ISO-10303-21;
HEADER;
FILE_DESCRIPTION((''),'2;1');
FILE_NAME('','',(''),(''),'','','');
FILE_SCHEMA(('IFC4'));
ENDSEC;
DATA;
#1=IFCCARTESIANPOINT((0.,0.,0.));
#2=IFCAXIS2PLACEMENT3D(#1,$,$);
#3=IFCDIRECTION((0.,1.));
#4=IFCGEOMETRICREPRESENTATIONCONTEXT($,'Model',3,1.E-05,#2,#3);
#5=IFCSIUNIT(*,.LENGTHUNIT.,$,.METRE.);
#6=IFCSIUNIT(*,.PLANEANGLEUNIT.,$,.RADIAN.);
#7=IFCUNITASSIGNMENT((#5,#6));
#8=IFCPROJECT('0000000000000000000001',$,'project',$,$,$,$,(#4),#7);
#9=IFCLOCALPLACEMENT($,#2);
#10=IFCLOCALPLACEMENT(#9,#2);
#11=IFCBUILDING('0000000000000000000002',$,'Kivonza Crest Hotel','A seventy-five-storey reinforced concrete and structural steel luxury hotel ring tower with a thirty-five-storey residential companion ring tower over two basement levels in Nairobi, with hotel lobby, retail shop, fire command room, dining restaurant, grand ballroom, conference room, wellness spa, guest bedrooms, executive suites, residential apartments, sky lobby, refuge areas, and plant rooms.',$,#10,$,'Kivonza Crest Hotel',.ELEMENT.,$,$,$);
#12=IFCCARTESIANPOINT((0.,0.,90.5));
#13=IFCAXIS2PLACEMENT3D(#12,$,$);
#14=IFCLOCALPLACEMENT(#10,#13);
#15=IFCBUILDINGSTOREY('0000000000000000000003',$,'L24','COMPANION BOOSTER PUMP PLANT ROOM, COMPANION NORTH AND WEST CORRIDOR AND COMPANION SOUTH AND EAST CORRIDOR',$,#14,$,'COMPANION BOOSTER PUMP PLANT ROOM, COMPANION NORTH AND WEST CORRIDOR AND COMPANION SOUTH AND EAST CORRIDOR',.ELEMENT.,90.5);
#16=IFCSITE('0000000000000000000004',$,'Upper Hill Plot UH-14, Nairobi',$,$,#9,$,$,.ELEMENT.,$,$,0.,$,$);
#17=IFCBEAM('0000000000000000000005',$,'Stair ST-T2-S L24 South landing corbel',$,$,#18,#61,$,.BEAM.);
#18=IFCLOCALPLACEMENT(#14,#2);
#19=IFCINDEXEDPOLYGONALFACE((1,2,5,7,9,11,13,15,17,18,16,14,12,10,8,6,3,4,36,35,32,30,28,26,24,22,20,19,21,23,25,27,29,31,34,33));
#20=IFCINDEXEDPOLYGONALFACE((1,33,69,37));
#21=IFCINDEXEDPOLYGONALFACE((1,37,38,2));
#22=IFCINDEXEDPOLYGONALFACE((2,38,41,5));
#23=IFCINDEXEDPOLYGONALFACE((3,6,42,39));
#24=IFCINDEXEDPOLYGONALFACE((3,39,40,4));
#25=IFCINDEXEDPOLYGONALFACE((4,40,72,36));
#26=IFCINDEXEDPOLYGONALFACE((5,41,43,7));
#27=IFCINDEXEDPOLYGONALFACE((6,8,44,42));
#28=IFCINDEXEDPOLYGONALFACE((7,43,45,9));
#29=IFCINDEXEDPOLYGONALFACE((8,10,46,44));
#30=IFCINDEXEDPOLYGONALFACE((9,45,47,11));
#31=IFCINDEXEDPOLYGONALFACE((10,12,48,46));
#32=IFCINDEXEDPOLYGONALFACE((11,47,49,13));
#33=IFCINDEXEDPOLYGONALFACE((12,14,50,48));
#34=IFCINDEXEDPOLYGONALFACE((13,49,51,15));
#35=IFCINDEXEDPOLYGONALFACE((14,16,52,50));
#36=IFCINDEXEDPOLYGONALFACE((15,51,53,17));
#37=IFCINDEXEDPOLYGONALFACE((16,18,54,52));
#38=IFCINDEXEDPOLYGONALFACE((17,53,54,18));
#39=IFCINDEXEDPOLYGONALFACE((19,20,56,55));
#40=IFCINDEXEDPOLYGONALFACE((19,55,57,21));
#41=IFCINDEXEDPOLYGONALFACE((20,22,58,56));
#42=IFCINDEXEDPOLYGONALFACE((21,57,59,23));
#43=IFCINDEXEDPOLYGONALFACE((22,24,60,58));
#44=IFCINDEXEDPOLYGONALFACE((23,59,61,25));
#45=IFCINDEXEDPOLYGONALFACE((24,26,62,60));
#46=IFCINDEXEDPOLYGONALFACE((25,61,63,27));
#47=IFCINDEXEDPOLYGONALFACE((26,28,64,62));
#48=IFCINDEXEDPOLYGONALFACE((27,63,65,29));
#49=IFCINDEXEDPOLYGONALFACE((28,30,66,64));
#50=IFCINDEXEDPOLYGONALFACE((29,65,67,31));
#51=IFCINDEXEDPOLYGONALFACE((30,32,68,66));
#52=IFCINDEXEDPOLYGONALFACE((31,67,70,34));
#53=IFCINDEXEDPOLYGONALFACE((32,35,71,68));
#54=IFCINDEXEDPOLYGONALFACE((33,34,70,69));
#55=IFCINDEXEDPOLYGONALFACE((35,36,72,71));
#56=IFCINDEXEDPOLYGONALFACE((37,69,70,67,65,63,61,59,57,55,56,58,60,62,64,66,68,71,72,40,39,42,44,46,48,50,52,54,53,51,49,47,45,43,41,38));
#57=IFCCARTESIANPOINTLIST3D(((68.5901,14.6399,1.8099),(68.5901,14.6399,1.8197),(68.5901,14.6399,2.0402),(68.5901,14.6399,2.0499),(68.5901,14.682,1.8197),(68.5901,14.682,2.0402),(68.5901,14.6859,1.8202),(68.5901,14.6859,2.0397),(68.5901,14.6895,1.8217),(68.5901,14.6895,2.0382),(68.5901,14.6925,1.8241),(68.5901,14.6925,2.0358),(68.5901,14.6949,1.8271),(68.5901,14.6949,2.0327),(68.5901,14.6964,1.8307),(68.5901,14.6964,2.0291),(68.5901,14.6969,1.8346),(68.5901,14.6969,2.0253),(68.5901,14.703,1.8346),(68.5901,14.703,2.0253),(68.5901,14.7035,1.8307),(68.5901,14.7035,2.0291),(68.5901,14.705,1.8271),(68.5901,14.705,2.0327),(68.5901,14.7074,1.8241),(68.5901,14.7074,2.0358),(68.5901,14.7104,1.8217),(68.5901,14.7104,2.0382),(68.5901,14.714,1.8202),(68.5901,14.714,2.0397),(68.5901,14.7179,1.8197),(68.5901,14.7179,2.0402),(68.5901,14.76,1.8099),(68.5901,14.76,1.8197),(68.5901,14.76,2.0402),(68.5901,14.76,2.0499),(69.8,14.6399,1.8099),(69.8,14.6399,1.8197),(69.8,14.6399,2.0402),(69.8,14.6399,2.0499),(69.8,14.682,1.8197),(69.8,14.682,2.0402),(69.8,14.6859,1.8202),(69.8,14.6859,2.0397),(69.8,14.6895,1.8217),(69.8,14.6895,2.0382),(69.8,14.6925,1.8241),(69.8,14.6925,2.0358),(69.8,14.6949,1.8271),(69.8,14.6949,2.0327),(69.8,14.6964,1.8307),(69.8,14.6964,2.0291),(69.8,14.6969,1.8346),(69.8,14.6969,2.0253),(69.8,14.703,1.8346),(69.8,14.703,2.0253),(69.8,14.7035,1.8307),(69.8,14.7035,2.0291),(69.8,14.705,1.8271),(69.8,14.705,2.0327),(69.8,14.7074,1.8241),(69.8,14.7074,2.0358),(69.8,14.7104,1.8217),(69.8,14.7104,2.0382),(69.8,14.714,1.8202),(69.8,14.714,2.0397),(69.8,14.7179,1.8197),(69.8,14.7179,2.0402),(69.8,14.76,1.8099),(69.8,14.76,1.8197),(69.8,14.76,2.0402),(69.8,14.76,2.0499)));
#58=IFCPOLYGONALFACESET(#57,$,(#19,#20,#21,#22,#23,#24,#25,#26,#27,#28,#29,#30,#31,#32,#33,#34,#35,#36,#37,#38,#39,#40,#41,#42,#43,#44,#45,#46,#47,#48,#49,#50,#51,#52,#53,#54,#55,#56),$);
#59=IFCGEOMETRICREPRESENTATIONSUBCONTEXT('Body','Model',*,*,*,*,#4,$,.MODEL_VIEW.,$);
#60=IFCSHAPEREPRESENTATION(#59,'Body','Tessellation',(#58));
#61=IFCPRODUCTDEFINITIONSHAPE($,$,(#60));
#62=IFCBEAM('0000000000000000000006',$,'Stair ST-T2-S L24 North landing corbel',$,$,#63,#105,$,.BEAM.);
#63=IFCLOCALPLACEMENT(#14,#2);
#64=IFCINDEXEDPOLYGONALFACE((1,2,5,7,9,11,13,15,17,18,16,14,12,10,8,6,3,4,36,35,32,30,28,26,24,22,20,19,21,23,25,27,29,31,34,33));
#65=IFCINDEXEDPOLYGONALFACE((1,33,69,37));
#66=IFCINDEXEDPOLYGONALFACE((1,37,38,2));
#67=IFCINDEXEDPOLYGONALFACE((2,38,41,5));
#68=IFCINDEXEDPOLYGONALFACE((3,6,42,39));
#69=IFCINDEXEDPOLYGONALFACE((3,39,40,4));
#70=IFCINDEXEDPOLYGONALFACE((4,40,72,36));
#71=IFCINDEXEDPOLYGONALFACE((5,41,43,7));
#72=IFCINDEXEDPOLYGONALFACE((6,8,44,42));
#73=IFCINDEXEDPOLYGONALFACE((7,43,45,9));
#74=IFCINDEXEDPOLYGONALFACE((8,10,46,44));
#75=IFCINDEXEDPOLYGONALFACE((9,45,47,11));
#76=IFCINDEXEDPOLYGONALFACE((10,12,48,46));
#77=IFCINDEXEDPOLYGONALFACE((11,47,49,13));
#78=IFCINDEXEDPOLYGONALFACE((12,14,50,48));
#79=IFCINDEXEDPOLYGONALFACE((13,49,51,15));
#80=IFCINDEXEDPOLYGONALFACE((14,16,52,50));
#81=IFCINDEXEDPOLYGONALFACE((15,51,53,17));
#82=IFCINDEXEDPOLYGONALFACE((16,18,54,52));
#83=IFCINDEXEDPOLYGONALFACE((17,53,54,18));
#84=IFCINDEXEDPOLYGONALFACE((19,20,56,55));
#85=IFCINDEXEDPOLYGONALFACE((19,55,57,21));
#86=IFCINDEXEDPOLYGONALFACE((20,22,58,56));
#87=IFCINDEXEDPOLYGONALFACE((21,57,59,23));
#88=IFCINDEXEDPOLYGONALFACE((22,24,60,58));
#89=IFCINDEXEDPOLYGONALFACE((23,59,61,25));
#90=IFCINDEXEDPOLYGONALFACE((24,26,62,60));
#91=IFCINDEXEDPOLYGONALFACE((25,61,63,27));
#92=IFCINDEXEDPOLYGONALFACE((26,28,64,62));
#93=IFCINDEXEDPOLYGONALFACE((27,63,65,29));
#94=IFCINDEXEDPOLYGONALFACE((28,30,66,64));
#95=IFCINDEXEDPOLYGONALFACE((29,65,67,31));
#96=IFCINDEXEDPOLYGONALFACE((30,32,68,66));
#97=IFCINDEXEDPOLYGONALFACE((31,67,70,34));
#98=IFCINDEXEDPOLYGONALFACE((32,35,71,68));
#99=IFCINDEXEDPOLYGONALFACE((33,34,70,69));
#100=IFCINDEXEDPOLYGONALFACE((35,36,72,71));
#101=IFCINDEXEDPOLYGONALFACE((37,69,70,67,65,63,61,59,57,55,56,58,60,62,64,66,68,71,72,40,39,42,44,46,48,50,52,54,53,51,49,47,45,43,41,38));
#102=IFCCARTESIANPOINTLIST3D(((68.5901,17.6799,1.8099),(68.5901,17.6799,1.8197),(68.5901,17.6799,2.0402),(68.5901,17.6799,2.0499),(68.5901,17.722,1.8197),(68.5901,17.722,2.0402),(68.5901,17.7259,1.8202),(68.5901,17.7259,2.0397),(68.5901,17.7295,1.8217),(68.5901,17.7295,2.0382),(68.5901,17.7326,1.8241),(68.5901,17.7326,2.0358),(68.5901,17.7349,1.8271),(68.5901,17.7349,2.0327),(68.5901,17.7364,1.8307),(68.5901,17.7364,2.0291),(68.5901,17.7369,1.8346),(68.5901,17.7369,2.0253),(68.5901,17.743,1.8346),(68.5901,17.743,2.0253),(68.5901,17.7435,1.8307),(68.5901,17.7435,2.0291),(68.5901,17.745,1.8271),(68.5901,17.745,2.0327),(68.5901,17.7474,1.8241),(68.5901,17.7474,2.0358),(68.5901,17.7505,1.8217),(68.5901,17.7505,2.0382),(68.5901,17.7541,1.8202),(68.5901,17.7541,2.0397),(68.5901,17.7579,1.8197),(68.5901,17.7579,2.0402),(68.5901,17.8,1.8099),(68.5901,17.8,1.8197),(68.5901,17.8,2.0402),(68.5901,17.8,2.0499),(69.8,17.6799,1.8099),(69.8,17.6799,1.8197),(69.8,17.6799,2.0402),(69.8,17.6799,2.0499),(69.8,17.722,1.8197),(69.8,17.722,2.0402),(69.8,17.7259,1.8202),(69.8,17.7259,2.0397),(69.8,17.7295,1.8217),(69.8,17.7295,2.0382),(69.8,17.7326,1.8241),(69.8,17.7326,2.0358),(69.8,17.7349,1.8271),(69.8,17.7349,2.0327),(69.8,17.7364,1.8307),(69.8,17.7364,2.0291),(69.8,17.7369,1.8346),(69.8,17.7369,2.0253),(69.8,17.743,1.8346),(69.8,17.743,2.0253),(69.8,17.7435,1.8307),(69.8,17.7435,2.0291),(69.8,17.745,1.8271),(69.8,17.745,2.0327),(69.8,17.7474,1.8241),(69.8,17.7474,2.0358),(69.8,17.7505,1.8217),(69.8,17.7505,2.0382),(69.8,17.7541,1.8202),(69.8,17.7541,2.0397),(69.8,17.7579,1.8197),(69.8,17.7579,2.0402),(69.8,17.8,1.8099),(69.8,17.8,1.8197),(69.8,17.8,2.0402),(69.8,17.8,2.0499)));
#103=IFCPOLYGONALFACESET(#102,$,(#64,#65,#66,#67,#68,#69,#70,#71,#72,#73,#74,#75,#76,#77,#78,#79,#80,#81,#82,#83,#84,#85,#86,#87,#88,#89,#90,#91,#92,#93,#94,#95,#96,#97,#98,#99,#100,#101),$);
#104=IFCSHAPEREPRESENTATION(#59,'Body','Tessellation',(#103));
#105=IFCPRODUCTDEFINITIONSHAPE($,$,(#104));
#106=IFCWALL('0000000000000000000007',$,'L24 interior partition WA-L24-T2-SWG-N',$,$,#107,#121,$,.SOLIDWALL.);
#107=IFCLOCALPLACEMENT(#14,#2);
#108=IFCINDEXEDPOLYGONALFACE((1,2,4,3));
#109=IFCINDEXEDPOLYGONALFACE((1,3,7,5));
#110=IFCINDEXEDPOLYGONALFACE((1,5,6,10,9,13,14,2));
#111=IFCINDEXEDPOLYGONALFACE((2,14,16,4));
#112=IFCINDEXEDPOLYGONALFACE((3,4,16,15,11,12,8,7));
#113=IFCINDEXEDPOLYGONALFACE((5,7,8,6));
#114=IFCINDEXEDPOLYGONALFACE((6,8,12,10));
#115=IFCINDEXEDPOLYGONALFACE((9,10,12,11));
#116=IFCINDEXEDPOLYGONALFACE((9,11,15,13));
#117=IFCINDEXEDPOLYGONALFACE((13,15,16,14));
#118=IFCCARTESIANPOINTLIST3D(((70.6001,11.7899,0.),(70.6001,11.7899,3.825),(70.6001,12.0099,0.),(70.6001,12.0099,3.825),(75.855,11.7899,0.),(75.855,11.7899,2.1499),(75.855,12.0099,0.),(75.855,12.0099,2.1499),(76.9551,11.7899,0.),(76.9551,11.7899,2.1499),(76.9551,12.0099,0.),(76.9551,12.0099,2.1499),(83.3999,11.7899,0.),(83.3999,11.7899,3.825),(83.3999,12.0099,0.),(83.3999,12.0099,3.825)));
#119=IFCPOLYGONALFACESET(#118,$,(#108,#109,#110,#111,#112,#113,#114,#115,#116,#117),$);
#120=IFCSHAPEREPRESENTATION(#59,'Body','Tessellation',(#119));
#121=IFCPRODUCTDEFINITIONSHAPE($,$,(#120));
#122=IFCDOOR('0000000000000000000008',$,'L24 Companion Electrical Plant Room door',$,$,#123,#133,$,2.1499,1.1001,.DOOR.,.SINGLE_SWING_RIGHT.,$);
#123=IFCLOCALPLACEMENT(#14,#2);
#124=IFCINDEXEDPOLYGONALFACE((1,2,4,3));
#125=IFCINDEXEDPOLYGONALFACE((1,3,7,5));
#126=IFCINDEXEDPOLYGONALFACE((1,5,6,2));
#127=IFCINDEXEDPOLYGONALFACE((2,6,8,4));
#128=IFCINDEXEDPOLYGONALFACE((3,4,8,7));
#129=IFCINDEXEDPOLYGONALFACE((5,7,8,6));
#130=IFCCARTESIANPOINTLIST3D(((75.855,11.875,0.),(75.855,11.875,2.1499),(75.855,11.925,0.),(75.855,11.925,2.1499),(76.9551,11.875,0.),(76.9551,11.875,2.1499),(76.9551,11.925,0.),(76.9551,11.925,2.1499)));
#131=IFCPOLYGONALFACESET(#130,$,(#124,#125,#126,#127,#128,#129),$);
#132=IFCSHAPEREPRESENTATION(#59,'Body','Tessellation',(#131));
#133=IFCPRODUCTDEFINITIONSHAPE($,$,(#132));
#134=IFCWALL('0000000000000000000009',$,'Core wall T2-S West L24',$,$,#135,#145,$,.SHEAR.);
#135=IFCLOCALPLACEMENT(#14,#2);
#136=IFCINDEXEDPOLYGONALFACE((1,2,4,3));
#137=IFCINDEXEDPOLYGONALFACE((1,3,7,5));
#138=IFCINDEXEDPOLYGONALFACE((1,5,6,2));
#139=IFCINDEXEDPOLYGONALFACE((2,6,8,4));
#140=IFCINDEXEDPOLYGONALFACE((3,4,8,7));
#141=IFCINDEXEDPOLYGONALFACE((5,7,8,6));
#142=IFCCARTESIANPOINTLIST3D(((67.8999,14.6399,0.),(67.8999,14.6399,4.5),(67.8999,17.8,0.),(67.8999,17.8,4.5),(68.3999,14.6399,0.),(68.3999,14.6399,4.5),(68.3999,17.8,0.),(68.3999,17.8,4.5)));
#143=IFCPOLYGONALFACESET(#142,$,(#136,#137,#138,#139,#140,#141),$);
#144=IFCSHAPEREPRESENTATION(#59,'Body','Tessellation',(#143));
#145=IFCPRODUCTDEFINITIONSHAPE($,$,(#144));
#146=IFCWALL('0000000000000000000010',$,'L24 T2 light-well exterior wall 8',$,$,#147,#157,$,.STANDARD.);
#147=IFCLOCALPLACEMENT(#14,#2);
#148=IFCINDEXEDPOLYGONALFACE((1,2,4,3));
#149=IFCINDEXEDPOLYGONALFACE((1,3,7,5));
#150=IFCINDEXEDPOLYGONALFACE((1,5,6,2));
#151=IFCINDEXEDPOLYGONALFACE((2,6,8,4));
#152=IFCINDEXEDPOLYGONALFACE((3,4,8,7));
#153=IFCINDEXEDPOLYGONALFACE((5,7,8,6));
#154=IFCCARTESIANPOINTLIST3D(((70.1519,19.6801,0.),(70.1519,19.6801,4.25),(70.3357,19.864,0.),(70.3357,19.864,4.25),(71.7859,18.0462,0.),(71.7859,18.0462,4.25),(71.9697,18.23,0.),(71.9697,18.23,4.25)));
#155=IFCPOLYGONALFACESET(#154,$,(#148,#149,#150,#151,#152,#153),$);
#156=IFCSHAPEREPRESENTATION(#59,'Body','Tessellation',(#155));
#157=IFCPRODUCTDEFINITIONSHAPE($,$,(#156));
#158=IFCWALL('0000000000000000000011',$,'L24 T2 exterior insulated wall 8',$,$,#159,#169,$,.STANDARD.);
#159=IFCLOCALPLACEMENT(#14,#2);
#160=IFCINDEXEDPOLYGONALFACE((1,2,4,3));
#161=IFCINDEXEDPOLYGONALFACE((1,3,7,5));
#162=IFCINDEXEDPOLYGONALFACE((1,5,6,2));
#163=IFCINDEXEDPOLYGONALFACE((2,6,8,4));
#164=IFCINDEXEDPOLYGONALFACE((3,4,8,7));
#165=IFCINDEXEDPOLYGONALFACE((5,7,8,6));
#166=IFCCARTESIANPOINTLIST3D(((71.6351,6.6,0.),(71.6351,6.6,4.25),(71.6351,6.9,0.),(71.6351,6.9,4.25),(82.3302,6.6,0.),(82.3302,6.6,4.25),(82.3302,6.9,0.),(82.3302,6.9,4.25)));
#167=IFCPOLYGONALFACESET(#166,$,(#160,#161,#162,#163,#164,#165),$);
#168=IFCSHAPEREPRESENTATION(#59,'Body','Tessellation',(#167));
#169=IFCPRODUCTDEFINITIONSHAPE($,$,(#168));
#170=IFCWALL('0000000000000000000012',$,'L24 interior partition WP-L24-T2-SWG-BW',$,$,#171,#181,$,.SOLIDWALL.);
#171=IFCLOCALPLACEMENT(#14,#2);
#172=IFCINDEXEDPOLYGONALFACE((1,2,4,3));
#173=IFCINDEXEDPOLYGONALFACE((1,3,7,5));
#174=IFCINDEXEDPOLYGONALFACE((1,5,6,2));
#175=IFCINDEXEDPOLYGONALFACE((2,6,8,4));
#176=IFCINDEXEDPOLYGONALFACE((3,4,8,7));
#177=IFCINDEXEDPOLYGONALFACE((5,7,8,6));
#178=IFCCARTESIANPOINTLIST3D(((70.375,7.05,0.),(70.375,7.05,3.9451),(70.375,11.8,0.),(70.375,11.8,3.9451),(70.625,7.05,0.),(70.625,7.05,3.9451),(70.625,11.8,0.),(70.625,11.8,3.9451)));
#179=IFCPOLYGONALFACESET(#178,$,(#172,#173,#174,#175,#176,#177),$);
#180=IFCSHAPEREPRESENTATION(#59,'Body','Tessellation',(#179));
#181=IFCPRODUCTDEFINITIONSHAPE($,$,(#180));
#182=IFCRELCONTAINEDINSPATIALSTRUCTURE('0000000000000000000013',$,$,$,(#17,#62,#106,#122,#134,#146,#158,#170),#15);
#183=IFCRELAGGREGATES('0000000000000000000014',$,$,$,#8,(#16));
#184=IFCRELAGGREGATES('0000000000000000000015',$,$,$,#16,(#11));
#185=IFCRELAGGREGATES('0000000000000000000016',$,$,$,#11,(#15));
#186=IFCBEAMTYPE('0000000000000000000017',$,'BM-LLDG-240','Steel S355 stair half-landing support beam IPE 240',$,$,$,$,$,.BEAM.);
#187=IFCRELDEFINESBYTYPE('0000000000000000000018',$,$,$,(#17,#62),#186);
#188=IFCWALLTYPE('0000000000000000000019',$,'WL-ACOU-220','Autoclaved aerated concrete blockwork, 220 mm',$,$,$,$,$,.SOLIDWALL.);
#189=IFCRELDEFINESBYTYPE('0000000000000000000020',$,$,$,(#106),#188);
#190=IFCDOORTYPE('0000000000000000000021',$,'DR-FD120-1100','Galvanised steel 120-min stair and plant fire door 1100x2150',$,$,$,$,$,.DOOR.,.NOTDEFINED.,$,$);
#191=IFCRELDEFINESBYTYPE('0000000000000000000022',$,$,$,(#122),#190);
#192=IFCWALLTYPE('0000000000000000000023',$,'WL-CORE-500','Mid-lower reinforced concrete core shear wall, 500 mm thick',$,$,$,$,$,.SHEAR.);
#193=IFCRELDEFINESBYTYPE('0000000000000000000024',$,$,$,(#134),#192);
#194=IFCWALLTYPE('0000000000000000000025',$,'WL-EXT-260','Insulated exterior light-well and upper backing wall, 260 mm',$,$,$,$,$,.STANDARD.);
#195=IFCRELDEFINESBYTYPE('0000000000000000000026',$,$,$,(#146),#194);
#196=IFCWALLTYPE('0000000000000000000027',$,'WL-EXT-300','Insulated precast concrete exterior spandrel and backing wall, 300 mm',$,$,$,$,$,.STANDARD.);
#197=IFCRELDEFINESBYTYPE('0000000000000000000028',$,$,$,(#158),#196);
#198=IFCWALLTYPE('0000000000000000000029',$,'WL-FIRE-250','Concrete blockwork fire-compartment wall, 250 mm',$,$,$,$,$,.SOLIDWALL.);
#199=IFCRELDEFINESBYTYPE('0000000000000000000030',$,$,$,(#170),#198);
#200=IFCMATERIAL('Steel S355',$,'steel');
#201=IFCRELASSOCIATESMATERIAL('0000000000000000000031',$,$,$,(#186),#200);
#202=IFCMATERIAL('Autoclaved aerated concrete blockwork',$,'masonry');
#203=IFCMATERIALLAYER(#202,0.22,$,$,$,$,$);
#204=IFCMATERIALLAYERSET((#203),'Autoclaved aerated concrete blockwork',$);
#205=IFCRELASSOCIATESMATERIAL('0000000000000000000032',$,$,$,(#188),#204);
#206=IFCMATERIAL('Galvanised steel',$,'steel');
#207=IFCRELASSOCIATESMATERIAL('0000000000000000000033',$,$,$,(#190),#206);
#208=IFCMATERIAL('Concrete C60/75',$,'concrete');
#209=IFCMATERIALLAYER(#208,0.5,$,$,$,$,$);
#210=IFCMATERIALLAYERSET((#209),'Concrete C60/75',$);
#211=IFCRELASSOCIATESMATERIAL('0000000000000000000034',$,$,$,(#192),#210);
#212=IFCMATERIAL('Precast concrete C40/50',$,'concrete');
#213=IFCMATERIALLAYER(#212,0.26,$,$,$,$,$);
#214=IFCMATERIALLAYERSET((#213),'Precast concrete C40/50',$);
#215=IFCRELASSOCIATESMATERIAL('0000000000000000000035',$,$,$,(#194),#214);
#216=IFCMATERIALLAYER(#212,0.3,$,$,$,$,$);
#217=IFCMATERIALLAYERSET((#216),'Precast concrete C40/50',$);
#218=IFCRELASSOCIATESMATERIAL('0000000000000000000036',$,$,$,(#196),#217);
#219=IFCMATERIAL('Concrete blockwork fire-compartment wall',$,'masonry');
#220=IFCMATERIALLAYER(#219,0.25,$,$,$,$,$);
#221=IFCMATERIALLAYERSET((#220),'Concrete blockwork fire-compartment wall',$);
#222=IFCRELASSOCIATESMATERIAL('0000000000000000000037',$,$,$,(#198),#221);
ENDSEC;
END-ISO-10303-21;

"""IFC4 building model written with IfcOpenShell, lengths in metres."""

from ifc_helpers import new_model, si_unit, direction, frame, frame_2d, origin, origin_2d, place, context, subcontext, project, spatial, rectangle, i_section, extrude, material, layer, layer_set, material_profile, profile_set, type_object, element, fill, save


model = new_model("IFC4")

# Units and contexts
model_context = context("Model", 3, precision=1e-05, world=origin(), true_north=direction((0.0, 1.0)))
body_context = subcontext(model_context, "Body", "Model", "MODEL_VIEW")
ifc_project = project(units=[si_unit("LENGTHUNIT", "METRE"), si_unit("PLANEANGLEUNIT", "RADIAN")], contexts=[model_context])

# Site, building, storey
site_placement = place(None, origin())
site = spatial("IfcSite", under=ifc_project, at=site_placement, Name="Upper Hill Plot UH-14, Nairobi", CompositionType="ELEMENT", RefElevation=0.0)
building_placement = place(site_placement, origin())
building = spatial("IfcBuilding", under=site, at=building_placement, Name="Kivonza Crest Hotel", Description="A seventy-five-storey reinforced concrete and structural steel luxury hotel ring tower with a thirty-five-storey residential companion ring tower over two basement levels in Nairobi, with hotel lobby, retail shop, fire command room, dining restaurant, grand ballroom, conference room, wellness spa, guest bedrooms, executive suites, residential apartments, sky lobby, refuge areas, and plant rooms.", LongName="Kivonza Crest Hotel", CompositionType="ELEMENT")
storey_placement = place(building_placement, frame((0.0, 0.0, 90.5)))
storey = spatial("IfcBuildingStorey", under=building, at=storey_placement, Name="L24", Description="COMPANION BOOSTER PUMP PLANT ROOM, COMPANION NORTH AND WEST CORRIDOR AND COMPANION SOUTH AND EAST CORRIDOR", LongName="COMPANION BOOSTER PUMP PLANT ROOM, COMPANION NORTH AND WEST CORRIDOR AND COMPANION SOUTH AND EAST CORRIDOR", CompositionType="ELEMENT", Elevation=90.5)

# Beams
ifc_material_1 = material(Name="Steel S355", Category="steel")
ifc_material_profile_1 = material_profile(ifc_material_1, i_section(OverallWidth=0.1201, OverallDepth=0.24, WebThickness=0.0061, FlangeThickness=0.0098, FilletRadius=0.0149, at=origin_2d()), Name="IPE 240")
ifc_profile_set_1 = profile_set([ifc_material_profile_1], Name="Steel S355")
beam_type_1 = type_object("IfcBeamType", Name="BM-LLDG-240", Description="Steel S355 stair half-landing support beam IPE 240", PredefinedType="BEAM", material=ifc_profile_set_1)
for number, where, z_axis, x_axis, name in (
    (1, (68.5901, 14.7, 1.9299), (1.0, 0.0, 0.0), (0.0, 1.0, 0.0), "Stair ST-T2-S L24 South landing corbel"),
    (2, (68.5901, 17.74, 1.9299), (1.0, 0.0, 0.0), (0.0, 1.0, 0.0), "Stair ST-T2-S L24 North landing corbel"),
):
    element("IfcBeam", number, at=place(storey_placement, frame(where, z_axis=z_axis, x_axis=x_axis)), inside=storey, type_object=beam_type_1, Name=name, PredefinedType="BEAM", context=body_context, shape_type="SweptSolid", body=[
        extrude(i_section(OverallWidth=0.1201, OverallDepth=0.24, WebThickness=0.0061, FlangeThickness=0.0098, FilletRadius=0.0149, at=origin_2d()), origin(), (0.0, 0.0, 1.0), 1.21),
    ])

# Wall, opening, door
ifc_material_2 = material(Name="Autoclaved aerated concrete blockwork", Category="masonry")
ifc_layer_1 = layer(ifc_material_2, 0.22)
ifc_layer_set_1 = layer_set([ifc_layer_1], Name="Autoclaved aerated concrete blockwork")
wall_type_1 = type_object("IfcWallType", Name="WL-ACOU-220", Description="Autoclaved aerated concrete blockwork, 220 mm", PredefinedType="SOLIDWALL", material=ifc_layer_set_1)
wall_1_placement = place(storey_placement, frame((70.6001, 11.8999, 0.0), z_axis=(0.0, 0.0, 1.0), x_axis=(1.0, 0.0, 0.0)))
wall_1 = element("IfcWall", 3, at=wall_1_placement, inside=storey, type_object=wall_type_1, Name="L24 interior partition WA-L24-T2-SWG-N", PredefinedType="SOLIDWALL", context=body_context, shape_type="SweptSolid", body=[
    extrude(rectangle(XDim=12.7998, YDim=0.22, at=frame_2d((6.3999, 0.0))), origin(), (0.0, 0.0, 1.0), 3.825),
])
opening_1_placement = place(wall_1_placement, frame((5.2549, 0.0, 0.0)))
opening_1 = element("IfcOpeningElement", 4, at=opening_1_placement, cuts=wall_1, PredefinedType="OPENING", context=body_context, shape_type="SweptSolid", body=[
    extrude(rectangle(XDim=1.1001, YDim=2.1499, at=frame_2d((0.55, 1.075))), frame((0.0, 0.1201, 0.0), z_axis=(0.0, -1.0, 0.0), x_axis=(1.0, 0.0, 0.0)), (0.0, 0.0, 1.0), 0.24),
])
ifc_material_3 = material(Name="Galvanised steel", Category="steel")
door_type = type_object("IfcDoorType", Name="DR-FD120-1100", Description="Galvanised steel 120-min stair and plant fire door 1100x2150", OperationType="NOTDEFINED", PredefinedType="DOOR", material=ifc_material_3)
door_1_placement = place(opening_1_placement, frame((1.1001, 0.0, 0.0), z_axis=(0.0, 0.0, 1.0), x_axis=(-1.0, 0.0, 0.0)))
door_1 = element("IfcDoor", 5, at=door_1_placement, inside=storey, type_object=door_type, Name="L24 Companion Electrical Plant Room door", OperationType="SINGLE_SWING_RIGHT", OverallHeight=2.1499, OverallWidth=1.1001, PredefinedType="DOOR", context=body_context, shape_type="SweptSolid", body=[
    extrude(rectangle(XDim=1.1001, YDim=2.1499, at=frame_2d((0.55, 1.075))), frame((0.0, 0.0249, 0.0), z_axis=(0.0, -1.0, 0.0), x_axis=(1.0, 0.0, 0.0)), (0.0, 0.0, 1.0), 0.05),
])
fill(opening_1, door_1)

# Walls
ifc_material_4 = material(Name="Concrete C60/75", Category="concrete")
ifc_layer_2 = layer(ifc_material_4, 0.5)
ifc_layer_set_2 = layer_set([ifc_layer_2], Name="Concrete C60/75")
wall_type_2 = type_object("IfcWallType", Name="WL-CORE-500", Description="Mid-lower reinforced concrete core shear wall, 500 mm thick", PredefinedType="SHEAR", material=ifc_layer_set_2)
wall_2_placement = place(storey_placement, frame((68.1499, 14.6399, 0.0), z_axis=(0.0, 0.0, 1.0), x_axis=(0.0, 1.0, 0.0)))
element("IfcWall", 6, at=wall_2_placement, inside=storey, type_object=wall_type_2, Name="Core wall T2-S West L24", PredefinedType="SHEAR", context=body_context, shape_type="SweptSolid", body=[
    extrude(rectangle(XDim=3.1602, YDim=0.5, at=frame_2d((1.5801, 0.0))), origin(), (0.0, 0.0, 1.0), 4.5),
])
ifc_material_5 = material(Name="Precast concrete C40/50", Category="concrete")
ifc_layer_3 = layer(ifc_material_5, 0.26)
ifc_layer_set_3 = layer_set([ifc_layer_3], Name="Precast concrete C40/50")
wall_type_3 = type_object("IfcWallType", Name="WL-EXT-260", Description="Insulated exterior light-well and upper backing wall, 260 mm", PredefinedType="STANDARD", material=ifc_layer_set_3)
wall_3_placement = place(storey_placement, frame((70.2439, 19.772, 0.0), z_axis=(0.0, 0.0, 1.0), x_axis=(0.707107, -0.707107, 0.0)))
element("IfcWall", 7, at=wall_3_placement, inside=storey, type_object=wall_type_3, Name="L24 T2 light-well exterior wall 8", PredefinedType="STANDARD", context=body_context, shape_type="SweptSolid", body=[
    extrude(rectangle(XDim=2.3108, YDim=0.26, at=frame_2d((1.1553, 0.0))), origin(), (0.0, 0.0, 1.0), 4.25),
])
ifc_layer_4 = layer(ifc_material_5, 0.3)
ifc_layer_set_4 = layer_set([ifc_layer_4], Name="Precast concrete C40/50")
wall_type_4 = type_object("IfcWallType", Name="WL-EXT-300", Description="Insulated precast concrete exterior spandrel and backing wall, 300 mm", PredefinedType="STANDARD", material=ifc_layer_set_4)
wall_4_placement = place(storey_placement, frame((71.635, 6.75, 0.0), z_axis=(0.0, 0.0, 1.0), x_axis=(1.0, 0.0, 0.0)))
element("IfcWall", 8, at=wall_4_placement, inside=storey, type_object=wall_type_4, Name="L24 T2 exterior insulated wall 8", PredefinedType="STANDARD", context=body_context, shape_type="SweptSolid", body=[
    extrude(rectangle(XDim=10.6951, YDim=0.3, at=frame_2d((5.3477, 0.0))), origin(), (0.0, 0.0, 1.0), 4.25),
])
ifc_material_6 = material(Name="Concrete blockwork fire-compartment wall", Category="masonry")
ifc_layer_5 = layer(ifc_material_6, 0.25)
ifc_layer_set_5 = layer_set([ifc_layer_5], Name="Concrete blockwork fire-compartment wall")
wall_type_5 = type_object("IfcWallType", Name="WL-FIRE-250", Description="Concrete blockwork fire-compartment wall, 250 mm", PredefinedType="SOLIDWALL", material=ifc_layer_set_5)
wall_5_placement = place(storey_placement, frame((70.5, 7.05, 0.0), z_axis=(0.0, 0.0, 1.0), x_axis=(0.0, 1.0, 0.0)))
element("IfcWall", 9, at=wall_5_placement, inside=storey, type_object=wall_type_5, Name="L24 interior partition WP-L24-T2-SWG-BW", PredefinedType="SOLIDWALL", context=body_context, shape_type="SweptSolid", body=[
    extrude(rectangle(XDim=4.75, YDim=0.25, at=frame_2d((2.375, 0.0))), origin(), (0.0, 0.0, 1.0), 3.9451),
])

save(model, "model.ifc")
